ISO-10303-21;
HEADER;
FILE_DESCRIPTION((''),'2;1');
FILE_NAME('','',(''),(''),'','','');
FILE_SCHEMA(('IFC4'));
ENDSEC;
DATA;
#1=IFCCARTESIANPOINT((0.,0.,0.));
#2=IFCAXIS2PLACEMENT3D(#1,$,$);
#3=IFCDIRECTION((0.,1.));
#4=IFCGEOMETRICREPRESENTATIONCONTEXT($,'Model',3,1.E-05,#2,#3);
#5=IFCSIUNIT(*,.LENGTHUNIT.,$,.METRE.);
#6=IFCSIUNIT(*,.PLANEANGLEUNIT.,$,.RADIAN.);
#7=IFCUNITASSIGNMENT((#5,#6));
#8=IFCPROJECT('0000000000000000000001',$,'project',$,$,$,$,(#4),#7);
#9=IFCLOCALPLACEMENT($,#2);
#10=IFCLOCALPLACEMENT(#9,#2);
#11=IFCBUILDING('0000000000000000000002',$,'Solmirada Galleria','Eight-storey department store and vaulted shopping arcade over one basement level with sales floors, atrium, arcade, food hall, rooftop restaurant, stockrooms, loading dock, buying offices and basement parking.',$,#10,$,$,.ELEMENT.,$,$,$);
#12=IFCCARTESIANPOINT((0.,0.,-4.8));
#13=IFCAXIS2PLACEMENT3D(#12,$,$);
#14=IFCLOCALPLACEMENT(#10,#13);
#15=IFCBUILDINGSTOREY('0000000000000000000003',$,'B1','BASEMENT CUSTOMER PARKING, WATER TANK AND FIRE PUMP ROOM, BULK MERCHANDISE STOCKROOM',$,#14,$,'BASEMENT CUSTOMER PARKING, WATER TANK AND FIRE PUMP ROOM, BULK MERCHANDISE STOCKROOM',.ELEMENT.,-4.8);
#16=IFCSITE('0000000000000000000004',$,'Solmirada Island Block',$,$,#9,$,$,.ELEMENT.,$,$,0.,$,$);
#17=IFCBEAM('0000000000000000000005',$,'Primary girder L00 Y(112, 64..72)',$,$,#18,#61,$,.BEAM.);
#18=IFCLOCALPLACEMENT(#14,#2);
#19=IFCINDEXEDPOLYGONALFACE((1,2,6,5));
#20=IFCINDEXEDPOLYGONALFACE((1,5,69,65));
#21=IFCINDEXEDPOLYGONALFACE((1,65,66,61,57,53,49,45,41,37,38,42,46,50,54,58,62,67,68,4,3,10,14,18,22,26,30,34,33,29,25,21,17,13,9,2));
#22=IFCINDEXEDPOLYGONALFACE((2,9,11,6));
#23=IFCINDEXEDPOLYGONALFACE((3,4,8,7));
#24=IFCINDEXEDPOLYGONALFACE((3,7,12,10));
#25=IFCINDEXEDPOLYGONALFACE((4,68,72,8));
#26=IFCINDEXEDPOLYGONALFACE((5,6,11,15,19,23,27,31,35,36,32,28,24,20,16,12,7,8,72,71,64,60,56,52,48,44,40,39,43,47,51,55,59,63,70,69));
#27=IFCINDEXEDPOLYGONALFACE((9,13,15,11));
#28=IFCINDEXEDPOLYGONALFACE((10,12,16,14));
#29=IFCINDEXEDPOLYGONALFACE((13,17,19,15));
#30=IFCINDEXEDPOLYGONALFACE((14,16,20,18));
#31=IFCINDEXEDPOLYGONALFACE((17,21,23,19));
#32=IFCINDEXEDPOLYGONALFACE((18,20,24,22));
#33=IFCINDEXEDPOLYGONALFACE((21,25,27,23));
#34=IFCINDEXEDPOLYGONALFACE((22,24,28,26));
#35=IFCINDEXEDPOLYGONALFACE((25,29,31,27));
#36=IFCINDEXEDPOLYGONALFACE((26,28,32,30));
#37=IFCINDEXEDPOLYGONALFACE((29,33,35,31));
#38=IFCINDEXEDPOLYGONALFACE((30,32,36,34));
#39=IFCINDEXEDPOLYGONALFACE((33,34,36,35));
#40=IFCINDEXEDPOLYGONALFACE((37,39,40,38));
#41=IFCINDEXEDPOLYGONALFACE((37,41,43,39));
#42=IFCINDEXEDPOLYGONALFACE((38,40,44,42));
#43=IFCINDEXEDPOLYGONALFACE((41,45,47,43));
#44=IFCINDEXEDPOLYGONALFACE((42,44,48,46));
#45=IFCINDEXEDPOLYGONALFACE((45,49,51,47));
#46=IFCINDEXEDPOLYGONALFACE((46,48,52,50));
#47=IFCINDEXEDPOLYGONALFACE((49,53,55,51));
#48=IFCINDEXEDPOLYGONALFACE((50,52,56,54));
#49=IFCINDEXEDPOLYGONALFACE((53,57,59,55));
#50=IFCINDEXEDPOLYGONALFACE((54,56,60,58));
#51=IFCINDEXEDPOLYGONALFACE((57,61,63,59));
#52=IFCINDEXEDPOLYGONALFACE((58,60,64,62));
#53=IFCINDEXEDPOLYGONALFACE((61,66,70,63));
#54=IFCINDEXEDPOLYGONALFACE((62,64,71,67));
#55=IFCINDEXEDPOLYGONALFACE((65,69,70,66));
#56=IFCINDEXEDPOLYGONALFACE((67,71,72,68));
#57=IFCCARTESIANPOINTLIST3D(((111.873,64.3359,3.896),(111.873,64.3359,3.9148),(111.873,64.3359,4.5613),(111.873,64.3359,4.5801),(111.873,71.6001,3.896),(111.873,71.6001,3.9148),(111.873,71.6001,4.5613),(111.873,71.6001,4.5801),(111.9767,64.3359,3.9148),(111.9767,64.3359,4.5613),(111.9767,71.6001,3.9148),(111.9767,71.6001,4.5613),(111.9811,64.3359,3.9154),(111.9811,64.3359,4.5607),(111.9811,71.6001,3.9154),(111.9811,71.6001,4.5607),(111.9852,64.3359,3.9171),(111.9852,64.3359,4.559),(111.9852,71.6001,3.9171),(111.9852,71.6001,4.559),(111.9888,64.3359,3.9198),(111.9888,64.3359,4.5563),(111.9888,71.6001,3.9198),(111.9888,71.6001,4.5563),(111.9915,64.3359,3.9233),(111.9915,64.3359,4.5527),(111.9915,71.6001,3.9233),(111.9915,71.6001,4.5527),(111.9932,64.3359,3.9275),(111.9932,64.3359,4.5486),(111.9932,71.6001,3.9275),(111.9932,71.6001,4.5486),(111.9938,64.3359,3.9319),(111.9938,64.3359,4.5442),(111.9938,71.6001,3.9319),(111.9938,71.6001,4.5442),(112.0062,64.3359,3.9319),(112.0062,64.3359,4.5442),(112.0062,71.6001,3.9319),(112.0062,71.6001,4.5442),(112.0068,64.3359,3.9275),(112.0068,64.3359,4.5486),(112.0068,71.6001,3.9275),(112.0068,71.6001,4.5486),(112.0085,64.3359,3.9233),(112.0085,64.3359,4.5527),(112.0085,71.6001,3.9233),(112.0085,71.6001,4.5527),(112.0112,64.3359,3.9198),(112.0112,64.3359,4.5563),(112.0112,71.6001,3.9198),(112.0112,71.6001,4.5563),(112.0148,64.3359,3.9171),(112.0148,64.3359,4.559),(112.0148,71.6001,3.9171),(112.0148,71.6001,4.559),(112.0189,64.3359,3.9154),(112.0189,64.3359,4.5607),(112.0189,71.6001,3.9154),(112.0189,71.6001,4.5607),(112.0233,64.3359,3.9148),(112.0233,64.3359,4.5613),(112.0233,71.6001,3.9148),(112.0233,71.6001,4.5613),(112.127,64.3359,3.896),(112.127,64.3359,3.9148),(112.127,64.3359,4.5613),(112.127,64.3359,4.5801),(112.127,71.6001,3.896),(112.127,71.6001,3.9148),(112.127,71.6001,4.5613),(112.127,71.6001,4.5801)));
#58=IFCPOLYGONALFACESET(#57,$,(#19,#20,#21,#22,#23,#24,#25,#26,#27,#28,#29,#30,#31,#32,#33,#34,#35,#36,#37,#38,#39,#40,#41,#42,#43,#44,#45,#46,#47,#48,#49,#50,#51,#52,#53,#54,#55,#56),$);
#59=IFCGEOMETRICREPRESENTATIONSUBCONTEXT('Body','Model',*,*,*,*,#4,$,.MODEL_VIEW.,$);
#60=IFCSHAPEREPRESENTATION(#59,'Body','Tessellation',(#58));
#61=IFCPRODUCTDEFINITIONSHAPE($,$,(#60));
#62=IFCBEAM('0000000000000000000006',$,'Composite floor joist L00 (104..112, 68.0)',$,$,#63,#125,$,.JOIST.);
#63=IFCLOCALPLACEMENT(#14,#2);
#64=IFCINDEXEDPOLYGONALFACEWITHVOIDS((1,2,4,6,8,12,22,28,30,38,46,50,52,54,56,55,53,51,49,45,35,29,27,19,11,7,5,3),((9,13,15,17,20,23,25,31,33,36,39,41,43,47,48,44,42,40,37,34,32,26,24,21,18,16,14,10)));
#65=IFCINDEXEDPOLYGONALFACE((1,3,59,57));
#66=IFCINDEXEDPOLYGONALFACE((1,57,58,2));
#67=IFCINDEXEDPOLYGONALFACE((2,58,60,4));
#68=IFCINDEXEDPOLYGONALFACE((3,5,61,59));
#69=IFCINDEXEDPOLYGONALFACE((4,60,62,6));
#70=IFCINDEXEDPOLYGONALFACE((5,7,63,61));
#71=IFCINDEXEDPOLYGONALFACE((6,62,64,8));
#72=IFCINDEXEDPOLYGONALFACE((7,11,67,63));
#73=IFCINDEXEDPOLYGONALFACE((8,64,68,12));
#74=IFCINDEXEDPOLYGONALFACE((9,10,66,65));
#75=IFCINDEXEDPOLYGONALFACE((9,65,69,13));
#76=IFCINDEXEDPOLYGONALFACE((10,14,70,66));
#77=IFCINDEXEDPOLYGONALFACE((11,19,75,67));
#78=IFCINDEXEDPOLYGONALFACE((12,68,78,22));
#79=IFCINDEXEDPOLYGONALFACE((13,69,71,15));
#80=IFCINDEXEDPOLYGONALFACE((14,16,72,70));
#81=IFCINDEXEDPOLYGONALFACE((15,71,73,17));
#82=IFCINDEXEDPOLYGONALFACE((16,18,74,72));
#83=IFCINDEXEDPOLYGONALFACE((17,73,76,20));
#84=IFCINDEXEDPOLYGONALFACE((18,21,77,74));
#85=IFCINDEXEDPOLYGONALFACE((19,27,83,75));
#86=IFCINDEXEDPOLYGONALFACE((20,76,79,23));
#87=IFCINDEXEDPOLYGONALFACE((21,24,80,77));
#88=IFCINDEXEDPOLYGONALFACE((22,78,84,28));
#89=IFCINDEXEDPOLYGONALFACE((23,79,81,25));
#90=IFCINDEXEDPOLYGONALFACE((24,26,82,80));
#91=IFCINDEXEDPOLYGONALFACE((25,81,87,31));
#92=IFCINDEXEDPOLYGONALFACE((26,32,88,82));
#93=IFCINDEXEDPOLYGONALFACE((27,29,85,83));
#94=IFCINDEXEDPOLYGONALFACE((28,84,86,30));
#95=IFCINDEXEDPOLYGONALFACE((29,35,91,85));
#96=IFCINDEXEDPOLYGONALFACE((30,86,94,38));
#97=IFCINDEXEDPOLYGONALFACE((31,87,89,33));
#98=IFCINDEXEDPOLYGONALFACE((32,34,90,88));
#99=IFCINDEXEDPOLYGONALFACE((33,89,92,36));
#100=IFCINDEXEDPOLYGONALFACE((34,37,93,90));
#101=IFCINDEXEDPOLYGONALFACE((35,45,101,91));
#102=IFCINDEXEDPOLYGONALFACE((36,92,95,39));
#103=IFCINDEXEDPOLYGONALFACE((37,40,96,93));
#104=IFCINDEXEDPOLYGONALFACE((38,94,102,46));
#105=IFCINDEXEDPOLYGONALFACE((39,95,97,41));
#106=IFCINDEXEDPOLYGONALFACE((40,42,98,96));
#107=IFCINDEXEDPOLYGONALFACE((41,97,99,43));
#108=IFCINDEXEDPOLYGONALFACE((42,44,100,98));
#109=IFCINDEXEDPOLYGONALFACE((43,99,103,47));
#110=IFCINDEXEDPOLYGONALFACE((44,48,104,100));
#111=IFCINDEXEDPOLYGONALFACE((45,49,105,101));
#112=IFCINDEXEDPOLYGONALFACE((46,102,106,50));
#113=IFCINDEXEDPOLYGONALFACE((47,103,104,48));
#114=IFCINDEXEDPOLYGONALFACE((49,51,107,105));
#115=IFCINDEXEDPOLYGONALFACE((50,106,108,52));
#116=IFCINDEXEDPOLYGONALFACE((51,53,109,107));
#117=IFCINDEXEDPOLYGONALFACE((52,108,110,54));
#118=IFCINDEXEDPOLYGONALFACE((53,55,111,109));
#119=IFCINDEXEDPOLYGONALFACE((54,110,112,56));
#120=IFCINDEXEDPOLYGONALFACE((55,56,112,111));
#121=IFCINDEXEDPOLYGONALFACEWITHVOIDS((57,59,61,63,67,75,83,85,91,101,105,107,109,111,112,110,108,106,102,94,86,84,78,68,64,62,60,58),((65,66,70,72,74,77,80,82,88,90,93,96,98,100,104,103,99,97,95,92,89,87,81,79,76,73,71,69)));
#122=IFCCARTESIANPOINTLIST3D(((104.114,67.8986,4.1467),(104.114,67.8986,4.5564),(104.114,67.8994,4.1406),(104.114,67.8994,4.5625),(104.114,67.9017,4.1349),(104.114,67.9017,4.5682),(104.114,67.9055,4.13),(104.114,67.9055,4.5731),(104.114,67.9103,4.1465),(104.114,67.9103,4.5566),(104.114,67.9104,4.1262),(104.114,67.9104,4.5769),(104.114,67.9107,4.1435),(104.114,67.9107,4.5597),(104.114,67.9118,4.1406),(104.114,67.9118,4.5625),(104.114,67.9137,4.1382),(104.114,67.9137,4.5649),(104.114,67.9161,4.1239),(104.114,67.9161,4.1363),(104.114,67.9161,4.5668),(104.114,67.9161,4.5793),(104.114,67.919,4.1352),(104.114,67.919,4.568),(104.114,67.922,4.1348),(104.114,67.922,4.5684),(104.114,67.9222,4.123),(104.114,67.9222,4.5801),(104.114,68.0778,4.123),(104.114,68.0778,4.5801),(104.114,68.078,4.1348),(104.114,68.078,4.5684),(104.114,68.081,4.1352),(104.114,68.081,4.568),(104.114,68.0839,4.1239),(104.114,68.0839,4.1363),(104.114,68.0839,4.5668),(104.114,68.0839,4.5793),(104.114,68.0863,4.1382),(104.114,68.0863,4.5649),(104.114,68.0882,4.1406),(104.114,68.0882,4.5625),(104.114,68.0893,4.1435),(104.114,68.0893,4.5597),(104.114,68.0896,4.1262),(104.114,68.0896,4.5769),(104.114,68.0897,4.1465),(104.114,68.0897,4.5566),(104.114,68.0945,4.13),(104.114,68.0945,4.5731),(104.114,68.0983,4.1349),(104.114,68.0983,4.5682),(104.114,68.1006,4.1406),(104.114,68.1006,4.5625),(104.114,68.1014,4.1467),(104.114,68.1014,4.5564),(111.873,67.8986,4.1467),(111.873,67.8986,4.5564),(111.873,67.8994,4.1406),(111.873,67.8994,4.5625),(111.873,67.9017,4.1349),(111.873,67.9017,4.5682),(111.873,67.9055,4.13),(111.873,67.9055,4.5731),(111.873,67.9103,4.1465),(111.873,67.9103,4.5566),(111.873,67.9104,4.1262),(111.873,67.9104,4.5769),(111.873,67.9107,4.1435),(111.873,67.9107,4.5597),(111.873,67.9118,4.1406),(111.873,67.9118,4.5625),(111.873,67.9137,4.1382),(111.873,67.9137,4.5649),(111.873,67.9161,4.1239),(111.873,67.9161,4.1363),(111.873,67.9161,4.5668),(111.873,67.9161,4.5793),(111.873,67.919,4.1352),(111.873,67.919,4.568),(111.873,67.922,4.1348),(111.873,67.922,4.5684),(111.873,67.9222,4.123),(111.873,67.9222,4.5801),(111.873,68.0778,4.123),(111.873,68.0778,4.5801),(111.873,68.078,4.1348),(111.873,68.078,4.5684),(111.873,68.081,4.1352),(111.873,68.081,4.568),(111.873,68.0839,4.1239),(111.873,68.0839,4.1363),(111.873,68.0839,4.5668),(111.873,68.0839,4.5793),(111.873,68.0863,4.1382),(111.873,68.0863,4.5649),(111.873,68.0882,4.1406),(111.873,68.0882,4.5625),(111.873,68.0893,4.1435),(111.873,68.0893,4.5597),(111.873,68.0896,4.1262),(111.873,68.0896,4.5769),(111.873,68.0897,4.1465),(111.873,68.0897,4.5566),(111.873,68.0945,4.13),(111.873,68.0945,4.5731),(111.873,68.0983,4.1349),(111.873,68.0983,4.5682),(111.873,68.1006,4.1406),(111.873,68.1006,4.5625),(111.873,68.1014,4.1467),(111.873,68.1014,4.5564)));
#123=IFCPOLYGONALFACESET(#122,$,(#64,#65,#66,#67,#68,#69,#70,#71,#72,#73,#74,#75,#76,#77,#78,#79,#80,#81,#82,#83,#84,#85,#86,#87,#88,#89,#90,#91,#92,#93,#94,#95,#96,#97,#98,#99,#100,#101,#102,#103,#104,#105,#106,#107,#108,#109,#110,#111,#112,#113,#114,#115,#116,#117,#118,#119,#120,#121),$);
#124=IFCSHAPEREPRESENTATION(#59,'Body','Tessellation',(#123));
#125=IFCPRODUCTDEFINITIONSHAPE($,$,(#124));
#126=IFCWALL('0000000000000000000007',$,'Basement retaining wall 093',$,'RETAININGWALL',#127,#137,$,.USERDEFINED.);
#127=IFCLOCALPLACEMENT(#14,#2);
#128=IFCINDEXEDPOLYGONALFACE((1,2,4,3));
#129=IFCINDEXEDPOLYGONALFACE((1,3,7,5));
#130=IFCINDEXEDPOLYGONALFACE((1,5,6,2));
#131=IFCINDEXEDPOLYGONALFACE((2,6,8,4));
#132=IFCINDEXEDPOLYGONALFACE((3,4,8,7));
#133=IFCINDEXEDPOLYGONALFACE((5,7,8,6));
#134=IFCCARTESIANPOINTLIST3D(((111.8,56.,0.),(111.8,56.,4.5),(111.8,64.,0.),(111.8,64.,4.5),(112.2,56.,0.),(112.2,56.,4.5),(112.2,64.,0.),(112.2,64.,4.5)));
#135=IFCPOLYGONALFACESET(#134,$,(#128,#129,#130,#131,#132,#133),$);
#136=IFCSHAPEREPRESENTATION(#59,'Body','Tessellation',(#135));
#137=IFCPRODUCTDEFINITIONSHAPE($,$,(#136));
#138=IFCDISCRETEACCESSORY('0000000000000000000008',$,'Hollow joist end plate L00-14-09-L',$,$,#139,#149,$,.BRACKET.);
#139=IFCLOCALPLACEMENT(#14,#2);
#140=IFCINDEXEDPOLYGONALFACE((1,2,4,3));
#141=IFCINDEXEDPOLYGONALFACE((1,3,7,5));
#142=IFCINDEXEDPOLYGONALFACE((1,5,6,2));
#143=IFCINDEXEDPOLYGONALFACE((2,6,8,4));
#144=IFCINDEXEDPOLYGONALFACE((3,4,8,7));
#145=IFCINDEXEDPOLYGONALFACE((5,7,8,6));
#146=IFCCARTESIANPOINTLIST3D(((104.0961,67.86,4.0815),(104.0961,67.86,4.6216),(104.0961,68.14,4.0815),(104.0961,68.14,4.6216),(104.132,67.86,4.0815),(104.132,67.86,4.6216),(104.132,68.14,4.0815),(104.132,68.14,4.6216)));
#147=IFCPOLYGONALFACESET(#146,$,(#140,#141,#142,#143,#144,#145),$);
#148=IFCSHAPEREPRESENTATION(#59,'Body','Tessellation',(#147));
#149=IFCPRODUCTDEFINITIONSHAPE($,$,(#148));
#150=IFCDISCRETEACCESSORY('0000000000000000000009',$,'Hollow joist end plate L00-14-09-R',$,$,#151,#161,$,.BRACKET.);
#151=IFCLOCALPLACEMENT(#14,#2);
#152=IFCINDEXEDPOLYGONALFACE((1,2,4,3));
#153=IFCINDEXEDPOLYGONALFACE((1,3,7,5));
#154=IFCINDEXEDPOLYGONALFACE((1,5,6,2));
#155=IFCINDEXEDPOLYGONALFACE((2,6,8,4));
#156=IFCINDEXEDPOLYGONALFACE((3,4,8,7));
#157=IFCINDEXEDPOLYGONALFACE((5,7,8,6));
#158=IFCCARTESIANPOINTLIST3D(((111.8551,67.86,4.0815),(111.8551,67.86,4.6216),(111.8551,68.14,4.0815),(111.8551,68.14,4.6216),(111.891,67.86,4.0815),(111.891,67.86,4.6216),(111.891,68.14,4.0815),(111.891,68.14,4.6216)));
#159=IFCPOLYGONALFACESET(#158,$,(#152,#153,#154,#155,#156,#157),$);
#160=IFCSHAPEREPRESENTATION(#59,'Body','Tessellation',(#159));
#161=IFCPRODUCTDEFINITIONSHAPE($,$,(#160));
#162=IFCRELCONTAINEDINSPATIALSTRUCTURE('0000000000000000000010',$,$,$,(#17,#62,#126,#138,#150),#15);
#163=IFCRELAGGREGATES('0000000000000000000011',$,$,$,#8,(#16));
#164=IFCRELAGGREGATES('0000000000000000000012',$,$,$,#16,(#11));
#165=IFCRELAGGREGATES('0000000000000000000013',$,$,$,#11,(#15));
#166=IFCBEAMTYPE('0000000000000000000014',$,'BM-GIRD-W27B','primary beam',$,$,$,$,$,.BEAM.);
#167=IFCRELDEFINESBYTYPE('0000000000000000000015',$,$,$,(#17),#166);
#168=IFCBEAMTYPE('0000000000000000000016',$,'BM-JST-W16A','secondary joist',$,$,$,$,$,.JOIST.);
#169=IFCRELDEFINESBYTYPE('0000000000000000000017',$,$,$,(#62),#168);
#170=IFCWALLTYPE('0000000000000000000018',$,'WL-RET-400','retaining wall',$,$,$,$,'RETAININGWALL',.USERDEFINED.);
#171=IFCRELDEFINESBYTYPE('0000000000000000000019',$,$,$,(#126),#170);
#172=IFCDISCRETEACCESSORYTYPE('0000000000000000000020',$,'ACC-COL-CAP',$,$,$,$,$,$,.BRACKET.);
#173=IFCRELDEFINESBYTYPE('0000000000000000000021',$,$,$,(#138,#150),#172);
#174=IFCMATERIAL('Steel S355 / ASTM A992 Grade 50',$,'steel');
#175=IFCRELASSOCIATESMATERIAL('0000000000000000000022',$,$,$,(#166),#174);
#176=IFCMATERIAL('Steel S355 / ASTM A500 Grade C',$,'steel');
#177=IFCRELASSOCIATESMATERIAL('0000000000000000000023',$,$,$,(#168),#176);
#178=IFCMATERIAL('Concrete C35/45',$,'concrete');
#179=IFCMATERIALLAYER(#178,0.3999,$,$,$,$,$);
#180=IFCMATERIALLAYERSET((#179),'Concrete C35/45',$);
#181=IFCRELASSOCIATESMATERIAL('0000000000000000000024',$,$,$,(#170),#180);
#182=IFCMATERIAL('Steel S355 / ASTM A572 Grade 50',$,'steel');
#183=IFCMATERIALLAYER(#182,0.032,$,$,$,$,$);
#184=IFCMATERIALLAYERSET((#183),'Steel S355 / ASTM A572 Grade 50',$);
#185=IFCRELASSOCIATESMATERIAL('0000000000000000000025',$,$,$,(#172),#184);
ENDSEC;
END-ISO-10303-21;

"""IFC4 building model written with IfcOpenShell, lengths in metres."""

from ifc_helpers import new_model, si_unit, direction, frame, frame_2d, origin, origin_2d, place, context, subcontext, project, spatial, rectangle, hollow_rectangle, i_section, extrude, material, layer, layer_set, material_profile, profile_set, type_object, element, save


model = new_model("IFC4")

# Units and contexts
model_context = context("Model", 3, precision=1e-05, world=origin(), true_north=direction((0.0, 1.0)))
body_context = subcontext(model_context, "Body", "Model", "MODEL_VIEW")
ifc_project = project(units=[si_unit("LENGTHUNIT", "METRE"), si_unit("PLANEANGLEUNIT", "RADIAN")], contexts=[model_context])

# Site, building, storey
site_placement = place(None, origin())
site = spatial("IfcSite", under=ifc_project, at=site_placement, Name="Solmirada Island Block", CompositionType="ELEMENT", RefElevation=0.0)
building_placement = place(site_placement, origin())
building = spatial("IfcBuilding", under=site, at=building_placement, Name="Solmirada Galleria", Description="Eight-storey department store and vaulted shopping arcade over one basement level with sales floors, atrium, arcade, food hall, rooftop restaurant, stockrooms, loading dock, buying offices and basement parking.", CompositionType="ELEMENT")
storey_placement = place(building_placement, frame((0.0, 0.0, -4.8)))
storey = spatial("IfcBuildingStorey", under=building, at=storey_placement, Name="B1", Description="BASEMENT CUSTOMER PARKING, WATER TANK AND FIRE PUMP ROOM, BULK MERCHANDISE STOCKROOM", LongName="BASEMENT CUSTOMER PARKING, WATER TANK AND FIRE PUMP ROOM, BULK MERCHANDISE STOCKROOM", CompositionType="ELEMENT", Elevation=-4.8)

# Shared definitions
ifc_material_1 = material(Name="Concrete C35/45", Category="concrete")

# Beams
ifc_material_2 = material(Name="Steel S355 / ASTM A992 Grade 50", Category="steel")
ifc_material_profile_1 = material_profile(ifc_material_2, i_section(OverallWidth=0.2539, OverallDepth=0.6841, WebThickness=0.0125, FlangeThickness=0.0188, FilletRadius=0.0171, at=origin_2d()), Name="W27X94")
ifc_profile_set_1 = profile_set([ifc_material_profile_1], Name="Steel S355 / ASTM A992 Grade 50")
beam_type_1 = type_object("IfcBeamType", Name="BM-GIRD-W27B", Description="primary beam", PredefinedType="BEAM", material=ifc_profile_set_1)
beam_1_placement = place(storey_placement, frame((112.0, 64.3359, 4.238), z_axis=(0.0, 1.0, 0.0), x_axis=(-1.0, 0.0, 0.0)))
element("IfcBeam", 1, at=beam_1_placement, inside=storey, type_object=beam_type_1, Name="Primary girder L00 Y(112, 64..72)", PredefinedType="BEAM", context=body_context, shape_type="SweptSolid", body=[
    extrude(i_section(OverallWidth=0.2539, OverallDepth=0.6841, WebThickness=0.0125, FlangeThickness=0.0188, FilletRadius=0.0171, at=origin_2d()), origin(), (0.0, 0.0, 1.0), 7.2642),
])
ifc_material_3 = material(Name="Steel S355 / ASTM A500 Grade C", Category="steel")
ifc_material_profile_2 = material_profile(ifc_material_3, hollow_rectangle(XDim=0.2029, YDim=0.457, WallThickness=0.0117, InnerFilletRadius=0.0117, OuterFilletRadius=0.0237, at=origin_2d()), Name="HSS18X8X1/2")
ifc_profile_set_2 = profile_set([ifc_material_profile_2], Name="Steel S355 / ASTM A500 Grade C")
beam_type_2 = type_object("IfcBeamType", Name="BM-JST-W16A", Description="secondary joist", PredefinedType="JOIST", material=ifc_profile_set_2)
beam_2_placement = place(storey_placement, frame((104.114, 68.0, 4.3516), z_axis=(1.0, 0.0, 0.0), x_axis=(0.0, 1.0, 0.0)))
element("IfcBeam", 2, at=beam_2_placement, inside=storey, type_object=beam_type_2, Name="Composite floor joist L00 (104..112, 68.0)", PredefinedType="JOIST", context=body_context, shape_type="SweptSolid", body=[
    extrude(hollow_rectangle(XDim=0.2029, YDim=0.457, WallThickness=0.0117, InnerFilletRadius=0.0117, OuterFilletRadius=0.0237, at=origin_2d()), origin(), (0.0, 0.0, 1.0), 7.759),
])

# Wall
ifc_layer_1 = layer(ifc_material_1, 0.3999)
ifc_layer_set_1 = layer_set([ifc_layer_1], Name="Concrete C35/45")
wall_type = type_object("IfcWallType", Name="WL-RET-400", Description="retaining wall", ElementType="RETAININGWALL", PredefinedType="USERDEFINED", material=ifc_layer_set_1)
wall_placement = place(storey_placement, frame((112.0, 64.0, 0.0), z_axis=(0.0, 0.0, 1.0), x_axis=(0.0, -1.0, 0.0)))
element("IfcWall", 3, at=wall_placement, inside=storey, type_object=wall_type, Name="Basement retaining wall 093", ObjectType="RETAININGWALL", PredefinedType="USERDEFINED", context=body_context, shape_type="SweptSolid", body=[
    extrude(rectangle(XDim=8.0, YDim=0.3999, at=frame_2d((4.0, 0.0))), origin(), (0.0, 0.0, 1.0), 4.5),
])

# Discrete accessories
ifc_material_4 = material(Name="Steel S355 / ASTM A572 Grade 50", Category="steel")
ifc_layer_2 = layer(ifc_material_4, 0.032)
ifc_layer_set_2 = layer_set([ifc_layer_2], Name="Steel S355 / ASTM A572 Grade 50")
discrete_accessory_type = type_object("IfcDiscreteAccessoryType", Name="ACC-COL-CAP", PredefinedType="BRACKET", material=ifc_layer_set_2)
for number, where, z_axis, x_axis, name in (
    (4, (104.114, 68.0, 4.0815), (0.0, 0.0, 1.0), (1.0, 0.0, 0.0), "Hollow joist end plate L00-14-09-L"),
    (5, (111.873, 68.0, 4.0815), (0.0, 0.0, 1.0), (1.0, 0.0, 0.0), "Hollow joist end plate L00-14-09-R"),
):
    element("IfcDiscreteAccessory", number, at=place(storey_placement, frame(where, z_axis=z_axis, x_axis=x_axis)), inside=storey, type_object=discrete_accessory_type, Name=name, PredefinedType="BRACKET", context=body_context, shape_type="SweptSolid", body=[
        extrude(rectangle(XDim=0.0359, YDim=0.28, at=origin_2d()), origin(), (0.0, 0.0, 1.0), 0.54),
    ])

save(model, "model.ifc")
